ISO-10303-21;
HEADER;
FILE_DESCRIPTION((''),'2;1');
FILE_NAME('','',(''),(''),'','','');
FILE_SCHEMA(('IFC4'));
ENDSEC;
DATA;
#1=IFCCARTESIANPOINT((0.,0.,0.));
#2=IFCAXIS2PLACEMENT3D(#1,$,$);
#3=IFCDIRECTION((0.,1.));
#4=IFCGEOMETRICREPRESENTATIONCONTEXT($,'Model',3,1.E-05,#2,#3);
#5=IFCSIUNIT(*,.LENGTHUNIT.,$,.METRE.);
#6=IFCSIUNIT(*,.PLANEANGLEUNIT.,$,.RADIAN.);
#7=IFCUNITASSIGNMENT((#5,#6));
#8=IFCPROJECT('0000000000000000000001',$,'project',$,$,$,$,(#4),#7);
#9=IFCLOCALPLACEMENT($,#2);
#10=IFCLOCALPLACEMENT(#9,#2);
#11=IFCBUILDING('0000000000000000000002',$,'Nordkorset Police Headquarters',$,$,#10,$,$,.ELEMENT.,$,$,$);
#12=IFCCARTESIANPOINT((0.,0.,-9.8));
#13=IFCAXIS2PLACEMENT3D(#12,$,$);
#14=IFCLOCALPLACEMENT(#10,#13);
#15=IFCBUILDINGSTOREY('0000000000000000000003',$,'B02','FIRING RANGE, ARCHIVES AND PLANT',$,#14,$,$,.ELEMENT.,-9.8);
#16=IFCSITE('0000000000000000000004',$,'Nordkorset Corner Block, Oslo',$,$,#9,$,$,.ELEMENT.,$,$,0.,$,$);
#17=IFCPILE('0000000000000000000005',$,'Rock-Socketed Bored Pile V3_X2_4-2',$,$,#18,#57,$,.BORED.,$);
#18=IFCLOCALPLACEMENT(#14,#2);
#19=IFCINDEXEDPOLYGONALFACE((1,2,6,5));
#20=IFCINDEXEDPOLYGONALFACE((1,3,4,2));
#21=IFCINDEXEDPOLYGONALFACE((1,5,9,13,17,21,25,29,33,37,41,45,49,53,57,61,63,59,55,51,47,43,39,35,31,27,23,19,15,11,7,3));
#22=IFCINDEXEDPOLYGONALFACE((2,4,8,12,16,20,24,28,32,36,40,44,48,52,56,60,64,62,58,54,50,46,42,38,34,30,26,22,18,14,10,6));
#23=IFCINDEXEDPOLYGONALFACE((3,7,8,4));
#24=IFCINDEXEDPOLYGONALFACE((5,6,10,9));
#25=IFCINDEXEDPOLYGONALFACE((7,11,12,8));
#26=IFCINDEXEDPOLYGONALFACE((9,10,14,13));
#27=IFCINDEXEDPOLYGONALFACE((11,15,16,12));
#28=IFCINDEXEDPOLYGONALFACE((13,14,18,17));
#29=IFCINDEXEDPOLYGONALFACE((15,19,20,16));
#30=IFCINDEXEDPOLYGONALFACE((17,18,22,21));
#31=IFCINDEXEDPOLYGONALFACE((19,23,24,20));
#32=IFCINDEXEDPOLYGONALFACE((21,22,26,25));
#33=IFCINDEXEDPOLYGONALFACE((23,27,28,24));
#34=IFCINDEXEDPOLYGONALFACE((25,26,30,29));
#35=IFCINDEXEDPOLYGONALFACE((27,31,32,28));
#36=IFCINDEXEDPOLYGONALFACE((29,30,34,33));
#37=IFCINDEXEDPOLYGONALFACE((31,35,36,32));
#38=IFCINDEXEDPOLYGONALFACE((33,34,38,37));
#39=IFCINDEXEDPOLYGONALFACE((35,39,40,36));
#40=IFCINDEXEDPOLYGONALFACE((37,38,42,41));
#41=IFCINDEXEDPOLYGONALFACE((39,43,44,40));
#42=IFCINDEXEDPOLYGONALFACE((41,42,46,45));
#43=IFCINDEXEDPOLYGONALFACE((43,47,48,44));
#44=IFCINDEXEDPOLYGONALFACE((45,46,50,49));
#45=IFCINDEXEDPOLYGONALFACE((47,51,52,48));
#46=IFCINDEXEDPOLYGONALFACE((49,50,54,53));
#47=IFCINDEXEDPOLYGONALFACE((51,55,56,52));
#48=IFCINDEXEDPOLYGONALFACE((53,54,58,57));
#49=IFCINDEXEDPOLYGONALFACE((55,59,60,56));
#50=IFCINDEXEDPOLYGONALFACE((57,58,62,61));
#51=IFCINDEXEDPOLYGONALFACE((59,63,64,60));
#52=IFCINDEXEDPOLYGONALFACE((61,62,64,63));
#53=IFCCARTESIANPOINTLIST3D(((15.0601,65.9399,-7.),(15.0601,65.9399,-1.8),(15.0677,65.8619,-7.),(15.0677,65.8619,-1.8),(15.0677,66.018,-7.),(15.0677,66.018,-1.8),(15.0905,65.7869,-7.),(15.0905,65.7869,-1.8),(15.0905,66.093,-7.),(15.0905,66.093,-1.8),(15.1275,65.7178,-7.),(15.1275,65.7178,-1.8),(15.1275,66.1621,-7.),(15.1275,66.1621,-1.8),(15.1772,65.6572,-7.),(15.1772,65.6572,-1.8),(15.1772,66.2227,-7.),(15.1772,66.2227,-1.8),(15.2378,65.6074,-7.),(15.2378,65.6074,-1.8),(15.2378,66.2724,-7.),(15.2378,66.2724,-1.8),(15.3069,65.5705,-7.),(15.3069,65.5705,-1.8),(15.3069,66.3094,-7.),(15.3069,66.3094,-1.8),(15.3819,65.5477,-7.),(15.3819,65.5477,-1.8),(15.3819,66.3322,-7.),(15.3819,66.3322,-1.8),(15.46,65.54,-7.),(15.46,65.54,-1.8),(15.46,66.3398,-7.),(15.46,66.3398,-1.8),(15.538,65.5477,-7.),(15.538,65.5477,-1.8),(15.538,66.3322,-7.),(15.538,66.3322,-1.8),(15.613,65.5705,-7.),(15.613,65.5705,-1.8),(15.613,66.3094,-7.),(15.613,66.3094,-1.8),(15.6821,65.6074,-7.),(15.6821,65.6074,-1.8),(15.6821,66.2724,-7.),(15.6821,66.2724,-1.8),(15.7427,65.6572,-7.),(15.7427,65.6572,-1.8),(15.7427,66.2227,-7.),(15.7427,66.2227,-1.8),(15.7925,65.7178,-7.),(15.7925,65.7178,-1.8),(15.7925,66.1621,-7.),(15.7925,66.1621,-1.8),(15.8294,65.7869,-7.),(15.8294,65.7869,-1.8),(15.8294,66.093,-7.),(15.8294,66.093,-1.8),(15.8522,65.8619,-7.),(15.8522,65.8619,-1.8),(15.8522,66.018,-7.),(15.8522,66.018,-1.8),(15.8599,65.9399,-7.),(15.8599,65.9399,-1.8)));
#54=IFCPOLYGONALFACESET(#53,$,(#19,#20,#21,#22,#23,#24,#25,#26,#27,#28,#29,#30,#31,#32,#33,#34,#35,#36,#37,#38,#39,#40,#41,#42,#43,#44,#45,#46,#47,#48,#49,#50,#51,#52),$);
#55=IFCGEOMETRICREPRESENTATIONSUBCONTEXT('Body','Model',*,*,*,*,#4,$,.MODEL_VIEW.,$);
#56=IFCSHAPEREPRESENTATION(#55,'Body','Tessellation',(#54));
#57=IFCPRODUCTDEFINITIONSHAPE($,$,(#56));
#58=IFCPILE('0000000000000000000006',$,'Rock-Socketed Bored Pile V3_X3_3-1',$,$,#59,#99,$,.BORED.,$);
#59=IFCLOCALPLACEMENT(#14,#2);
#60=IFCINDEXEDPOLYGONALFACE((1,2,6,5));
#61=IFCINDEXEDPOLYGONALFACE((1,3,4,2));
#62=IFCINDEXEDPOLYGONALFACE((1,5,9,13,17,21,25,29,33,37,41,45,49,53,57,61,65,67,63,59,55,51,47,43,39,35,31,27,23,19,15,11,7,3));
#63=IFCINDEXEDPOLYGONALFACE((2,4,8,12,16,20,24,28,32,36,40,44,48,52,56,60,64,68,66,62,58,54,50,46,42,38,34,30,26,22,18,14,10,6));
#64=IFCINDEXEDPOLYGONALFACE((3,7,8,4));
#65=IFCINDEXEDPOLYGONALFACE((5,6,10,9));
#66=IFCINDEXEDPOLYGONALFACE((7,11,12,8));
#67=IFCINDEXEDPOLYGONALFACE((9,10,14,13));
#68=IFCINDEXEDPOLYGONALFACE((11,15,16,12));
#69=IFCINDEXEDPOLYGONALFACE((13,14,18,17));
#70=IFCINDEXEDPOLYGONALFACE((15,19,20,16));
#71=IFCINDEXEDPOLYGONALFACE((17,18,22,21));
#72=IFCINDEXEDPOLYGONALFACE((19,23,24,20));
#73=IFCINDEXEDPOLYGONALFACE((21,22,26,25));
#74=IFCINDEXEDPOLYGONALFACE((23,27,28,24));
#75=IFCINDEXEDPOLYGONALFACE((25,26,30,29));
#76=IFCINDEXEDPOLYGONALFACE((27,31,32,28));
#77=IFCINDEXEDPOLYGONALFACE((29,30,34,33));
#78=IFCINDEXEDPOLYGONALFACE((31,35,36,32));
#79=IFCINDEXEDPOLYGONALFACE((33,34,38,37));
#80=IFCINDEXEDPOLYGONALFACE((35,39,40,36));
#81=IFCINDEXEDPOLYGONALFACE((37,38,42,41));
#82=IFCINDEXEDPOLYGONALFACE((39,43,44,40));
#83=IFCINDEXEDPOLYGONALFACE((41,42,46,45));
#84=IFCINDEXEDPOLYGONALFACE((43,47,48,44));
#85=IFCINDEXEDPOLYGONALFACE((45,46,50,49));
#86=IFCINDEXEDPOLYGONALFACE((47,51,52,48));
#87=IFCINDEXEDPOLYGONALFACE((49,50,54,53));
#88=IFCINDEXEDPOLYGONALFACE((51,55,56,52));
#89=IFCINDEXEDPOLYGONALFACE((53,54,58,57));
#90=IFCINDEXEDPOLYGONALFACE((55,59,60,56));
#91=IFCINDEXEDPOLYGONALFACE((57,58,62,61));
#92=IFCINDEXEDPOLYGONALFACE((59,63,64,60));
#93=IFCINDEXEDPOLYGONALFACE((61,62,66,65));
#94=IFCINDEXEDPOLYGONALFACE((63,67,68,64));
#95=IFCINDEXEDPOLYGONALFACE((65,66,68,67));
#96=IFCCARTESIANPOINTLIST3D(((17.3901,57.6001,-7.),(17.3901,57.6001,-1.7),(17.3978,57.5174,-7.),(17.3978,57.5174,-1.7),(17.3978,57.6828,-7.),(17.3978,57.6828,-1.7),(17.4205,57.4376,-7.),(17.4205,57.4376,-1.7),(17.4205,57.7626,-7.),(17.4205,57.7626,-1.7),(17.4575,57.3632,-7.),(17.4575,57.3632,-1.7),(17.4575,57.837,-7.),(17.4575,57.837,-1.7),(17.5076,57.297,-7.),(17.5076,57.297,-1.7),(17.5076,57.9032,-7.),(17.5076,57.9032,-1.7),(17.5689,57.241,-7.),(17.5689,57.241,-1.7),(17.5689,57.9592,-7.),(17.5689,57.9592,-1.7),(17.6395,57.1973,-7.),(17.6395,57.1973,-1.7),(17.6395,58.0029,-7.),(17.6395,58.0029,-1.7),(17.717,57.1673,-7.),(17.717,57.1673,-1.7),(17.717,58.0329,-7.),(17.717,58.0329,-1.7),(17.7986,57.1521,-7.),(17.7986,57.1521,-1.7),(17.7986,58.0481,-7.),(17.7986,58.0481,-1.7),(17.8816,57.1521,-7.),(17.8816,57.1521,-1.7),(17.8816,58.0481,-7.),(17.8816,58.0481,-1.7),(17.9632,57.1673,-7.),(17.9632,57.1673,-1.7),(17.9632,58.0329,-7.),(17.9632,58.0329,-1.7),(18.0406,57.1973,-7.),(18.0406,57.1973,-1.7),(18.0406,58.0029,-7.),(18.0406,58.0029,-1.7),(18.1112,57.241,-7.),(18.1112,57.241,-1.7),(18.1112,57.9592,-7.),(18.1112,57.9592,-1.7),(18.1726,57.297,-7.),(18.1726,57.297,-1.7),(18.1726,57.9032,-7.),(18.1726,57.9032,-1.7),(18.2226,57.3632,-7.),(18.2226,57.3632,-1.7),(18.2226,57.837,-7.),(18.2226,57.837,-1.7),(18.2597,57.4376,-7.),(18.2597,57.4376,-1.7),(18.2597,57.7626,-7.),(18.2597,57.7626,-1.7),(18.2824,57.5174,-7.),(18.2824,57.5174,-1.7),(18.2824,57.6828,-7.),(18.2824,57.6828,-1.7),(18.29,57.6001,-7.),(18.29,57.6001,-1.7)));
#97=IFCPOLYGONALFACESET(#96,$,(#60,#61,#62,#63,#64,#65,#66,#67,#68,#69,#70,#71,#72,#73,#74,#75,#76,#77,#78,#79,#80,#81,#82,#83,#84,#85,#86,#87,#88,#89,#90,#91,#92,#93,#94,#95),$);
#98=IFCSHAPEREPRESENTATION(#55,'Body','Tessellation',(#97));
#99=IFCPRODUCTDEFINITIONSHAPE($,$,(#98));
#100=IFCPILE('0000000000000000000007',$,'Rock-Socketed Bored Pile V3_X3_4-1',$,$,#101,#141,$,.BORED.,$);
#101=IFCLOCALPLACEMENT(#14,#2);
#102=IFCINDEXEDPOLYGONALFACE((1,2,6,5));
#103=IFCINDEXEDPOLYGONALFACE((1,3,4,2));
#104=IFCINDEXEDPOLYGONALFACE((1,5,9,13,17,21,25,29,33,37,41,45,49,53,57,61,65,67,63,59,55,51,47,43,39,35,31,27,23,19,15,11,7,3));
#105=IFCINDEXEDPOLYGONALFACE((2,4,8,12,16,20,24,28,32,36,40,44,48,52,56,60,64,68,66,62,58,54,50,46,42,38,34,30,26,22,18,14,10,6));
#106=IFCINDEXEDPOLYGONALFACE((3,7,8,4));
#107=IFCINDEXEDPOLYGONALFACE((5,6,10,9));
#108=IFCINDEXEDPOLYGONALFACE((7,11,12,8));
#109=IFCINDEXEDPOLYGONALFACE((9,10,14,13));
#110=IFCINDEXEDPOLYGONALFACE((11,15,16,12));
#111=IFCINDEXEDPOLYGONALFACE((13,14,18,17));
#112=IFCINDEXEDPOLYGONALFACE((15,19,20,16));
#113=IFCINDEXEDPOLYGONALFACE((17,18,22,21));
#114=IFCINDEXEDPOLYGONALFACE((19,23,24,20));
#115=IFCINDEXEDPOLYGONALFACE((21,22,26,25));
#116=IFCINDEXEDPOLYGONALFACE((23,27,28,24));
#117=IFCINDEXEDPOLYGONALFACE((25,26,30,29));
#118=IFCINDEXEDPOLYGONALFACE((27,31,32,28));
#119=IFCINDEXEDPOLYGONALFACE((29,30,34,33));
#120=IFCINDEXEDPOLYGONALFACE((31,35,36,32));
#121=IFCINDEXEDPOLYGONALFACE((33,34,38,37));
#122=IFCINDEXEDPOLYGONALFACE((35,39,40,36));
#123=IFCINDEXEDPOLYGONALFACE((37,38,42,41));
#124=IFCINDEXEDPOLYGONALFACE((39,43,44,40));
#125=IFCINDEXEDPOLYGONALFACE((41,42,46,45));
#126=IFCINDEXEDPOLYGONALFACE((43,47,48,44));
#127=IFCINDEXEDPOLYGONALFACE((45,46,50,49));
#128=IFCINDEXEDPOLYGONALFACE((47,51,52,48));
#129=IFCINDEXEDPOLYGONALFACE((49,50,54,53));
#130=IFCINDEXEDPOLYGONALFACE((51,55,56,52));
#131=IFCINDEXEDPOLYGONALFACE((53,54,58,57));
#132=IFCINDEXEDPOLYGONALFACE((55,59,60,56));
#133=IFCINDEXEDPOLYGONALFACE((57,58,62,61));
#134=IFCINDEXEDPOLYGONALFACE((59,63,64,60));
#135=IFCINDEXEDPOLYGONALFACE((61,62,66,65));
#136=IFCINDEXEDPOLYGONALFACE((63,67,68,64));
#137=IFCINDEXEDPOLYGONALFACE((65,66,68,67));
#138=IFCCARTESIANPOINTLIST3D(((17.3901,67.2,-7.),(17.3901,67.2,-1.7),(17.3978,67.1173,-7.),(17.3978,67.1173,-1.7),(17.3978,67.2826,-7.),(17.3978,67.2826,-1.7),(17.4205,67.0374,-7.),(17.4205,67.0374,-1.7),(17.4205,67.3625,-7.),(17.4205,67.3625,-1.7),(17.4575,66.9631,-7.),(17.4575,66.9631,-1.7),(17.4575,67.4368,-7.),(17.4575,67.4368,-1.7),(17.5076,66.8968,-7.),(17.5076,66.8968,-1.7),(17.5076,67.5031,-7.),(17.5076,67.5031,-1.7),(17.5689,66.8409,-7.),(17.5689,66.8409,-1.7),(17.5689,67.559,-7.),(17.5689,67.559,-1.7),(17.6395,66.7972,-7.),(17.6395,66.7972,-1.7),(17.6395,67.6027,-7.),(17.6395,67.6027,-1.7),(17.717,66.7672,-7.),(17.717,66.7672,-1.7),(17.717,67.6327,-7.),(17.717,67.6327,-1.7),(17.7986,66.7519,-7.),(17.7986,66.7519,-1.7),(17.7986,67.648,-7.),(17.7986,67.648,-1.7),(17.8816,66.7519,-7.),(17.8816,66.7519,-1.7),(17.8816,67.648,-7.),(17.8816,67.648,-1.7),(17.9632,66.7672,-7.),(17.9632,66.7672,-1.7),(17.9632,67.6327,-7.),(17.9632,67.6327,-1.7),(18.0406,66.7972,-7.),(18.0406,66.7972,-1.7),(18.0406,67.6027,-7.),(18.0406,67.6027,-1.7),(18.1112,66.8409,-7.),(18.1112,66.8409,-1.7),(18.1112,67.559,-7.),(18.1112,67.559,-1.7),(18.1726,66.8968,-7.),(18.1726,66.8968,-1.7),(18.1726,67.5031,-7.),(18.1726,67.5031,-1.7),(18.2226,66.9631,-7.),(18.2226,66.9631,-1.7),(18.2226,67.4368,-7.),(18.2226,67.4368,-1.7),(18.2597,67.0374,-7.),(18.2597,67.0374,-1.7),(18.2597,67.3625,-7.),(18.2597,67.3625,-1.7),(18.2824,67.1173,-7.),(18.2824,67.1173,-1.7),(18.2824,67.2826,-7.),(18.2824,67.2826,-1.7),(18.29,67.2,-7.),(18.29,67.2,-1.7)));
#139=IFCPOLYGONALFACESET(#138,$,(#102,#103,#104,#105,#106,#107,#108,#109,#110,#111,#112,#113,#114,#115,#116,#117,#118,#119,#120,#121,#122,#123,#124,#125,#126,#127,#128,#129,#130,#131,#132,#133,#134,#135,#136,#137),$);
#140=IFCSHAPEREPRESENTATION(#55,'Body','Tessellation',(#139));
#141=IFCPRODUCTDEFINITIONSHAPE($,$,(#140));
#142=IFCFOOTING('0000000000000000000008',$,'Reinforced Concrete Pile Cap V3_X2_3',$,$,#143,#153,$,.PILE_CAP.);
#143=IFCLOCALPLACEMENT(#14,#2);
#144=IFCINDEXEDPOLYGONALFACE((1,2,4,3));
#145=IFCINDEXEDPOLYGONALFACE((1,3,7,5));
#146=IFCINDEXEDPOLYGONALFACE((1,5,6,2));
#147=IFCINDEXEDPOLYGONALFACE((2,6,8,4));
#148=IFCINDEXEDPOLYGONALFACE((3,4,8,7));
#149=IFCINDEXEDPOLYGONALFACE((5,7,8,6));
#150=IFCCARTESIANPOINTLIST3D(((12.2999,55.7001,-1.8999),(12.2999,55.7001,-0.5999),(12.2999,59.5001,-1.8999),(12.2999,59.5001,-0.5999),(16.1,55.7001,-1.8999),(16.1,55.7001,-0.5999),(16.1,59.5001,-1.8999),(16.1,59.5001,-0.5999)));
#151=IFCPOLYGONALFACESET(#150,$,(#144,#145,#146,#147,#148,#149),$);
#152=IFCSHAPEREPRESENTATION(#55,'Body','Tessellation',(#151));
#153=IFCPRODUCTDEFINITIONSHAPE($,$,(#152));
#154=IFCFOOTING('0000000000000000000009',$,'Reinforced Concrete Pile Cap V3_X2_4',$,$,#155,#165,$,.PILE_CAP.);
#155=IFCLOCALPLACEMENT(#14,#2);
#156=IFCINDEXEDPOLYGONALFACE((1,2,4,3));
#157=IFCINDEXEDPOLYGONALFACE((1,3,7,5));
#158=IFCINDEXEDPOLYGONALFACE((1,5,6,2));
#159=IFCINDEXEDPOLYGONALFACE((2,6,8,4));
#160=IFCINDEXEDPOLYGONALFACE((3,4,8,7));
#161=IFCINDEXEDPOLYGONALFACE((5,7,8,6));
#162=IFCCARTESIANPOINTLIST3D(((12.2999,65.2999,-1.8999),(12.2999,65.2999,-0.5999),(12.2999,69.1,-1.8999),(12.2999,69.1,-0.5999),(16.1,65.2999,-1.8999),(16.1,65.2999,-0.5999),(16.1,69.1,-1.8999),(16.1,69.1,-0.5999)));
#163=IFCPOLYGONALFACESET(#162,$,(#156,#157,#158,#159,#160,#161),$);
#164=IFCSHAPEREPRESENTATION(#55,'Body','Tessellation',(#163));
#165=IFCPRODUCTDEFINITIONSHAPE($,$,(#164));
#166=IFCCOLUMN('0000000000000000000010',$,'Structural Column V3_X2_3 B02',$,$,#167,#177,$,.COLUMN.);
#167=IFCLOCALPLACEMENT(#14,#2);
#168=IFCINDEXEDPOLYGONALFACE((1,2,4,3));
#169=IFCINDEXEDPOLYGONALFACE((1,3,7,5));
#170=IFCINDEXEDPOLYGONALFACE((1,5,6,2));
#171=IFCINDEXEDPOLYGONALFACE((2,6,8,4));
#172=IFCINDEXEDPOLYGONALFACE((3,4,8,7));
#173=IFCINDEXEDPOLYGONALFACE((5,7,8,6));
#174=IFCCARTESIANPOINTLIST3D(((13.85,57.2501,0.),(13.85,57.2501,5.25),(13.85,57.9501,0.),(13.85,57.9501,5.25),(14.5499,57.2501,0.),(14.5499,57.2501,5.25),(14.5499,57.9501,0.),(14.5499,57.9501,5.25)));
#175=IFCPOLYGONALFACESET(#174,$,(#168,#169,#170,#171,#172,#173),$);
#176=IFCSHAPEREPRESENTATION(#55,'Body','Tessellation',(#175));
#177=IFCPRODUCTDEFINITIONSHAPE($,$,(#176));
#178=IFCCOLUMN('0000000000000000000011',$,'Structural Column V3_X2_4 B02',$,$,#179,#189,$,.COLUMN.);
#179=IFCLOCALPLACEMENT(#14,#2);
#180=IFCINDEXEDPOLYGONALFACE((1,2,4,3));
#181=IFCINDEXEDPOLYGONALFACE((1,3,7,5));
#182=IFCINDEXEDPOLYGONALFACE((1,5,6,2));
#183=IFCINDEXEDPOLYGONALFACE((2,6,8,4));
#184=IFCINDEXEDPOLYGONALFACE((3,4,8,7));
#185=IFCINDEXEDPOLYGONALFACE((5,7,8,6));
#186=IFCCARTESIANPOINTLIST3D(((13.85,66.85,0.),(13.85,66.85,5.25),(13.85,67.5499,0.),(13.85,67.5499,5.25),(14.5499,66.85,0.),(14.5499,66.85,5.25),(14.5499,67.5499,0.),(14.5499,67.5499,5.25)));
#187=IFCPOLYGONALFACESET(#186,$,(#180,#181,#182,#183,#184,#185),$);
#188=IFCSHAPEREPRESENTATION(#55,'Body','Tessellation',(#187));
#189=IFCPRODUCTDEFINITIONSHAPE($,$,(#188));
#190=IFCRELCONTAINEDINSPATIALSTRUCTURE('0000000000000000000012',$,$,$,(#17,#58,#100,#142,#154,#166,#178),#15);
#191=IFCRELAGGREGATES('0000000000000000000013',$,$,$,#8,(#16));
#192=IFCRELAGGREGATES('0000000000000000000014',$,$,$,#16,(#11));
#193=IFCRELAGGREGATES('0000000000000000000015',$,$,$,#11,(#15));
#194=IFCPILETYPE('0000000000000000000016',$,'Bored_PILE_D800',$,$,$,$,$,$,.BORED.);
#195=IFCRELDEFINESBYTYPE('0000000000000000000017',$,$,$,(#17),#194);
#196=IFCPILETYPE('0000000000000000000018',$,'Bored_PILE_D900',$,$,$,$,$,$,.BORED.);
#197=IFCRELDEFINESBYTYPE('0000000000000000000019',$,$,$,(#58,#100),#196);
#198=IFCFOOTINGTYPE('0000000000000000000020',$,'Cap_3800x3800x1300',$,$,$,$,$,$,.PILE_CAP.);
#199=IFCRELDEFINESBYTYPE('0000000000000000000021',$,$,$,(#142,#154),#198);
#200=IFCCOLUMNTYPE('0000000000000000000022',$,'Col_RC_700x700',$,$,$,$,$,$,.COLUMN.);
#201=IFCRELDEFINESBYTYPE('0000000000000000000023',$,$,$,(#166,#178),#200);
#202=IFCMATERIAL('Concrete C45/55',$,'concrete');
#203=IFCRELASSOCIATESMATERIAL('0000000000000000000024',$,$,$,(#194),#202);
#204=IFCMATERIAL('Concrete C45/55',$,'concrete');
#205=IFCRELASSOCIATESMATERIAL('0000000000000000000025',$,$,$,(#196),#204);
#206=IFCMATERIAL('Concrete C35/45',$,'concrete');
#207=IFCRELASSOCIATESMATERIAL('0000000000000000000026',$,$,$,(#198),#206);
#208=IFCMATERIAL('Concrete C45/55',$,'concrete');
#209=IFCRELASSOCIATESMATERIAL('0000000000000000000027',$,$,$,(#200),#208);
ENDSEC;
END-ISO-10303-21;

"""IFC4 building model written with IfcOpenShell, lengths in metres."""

from ifc_helpers import new_model, si_unit, direction, frame, origin, origin_2d, place, context, subcontext, project, spatial, rectangle, circle, extrude, material, material_profile, profile_set, type_object, element, save


model = new_model("IFC4")

# Units and contexts
model_context = context("Model", 3, precision=1e-05, world=origin(), true_north=direction((0.0, 1.0)))
body_context = subcontext(model_context, "Body", "Model", "MODEL_VIEW")
ifc_project = project(units=[si_unit("LENGTHUNIT", "METRE"), si_unit("PLANEANGLEUNIT", "RADIAN")], contexts=[model_context])

# Site, building, storey
site_placement = place(None, origin())
site = spatial("IfcSite", under=ifc_project, at=site_placement, Name="Nordkorset Corner Block, Oslo", CompositionType="ELEMENT", RefElevation=0.0)
building_placement = place(site_placement, origin())
building = spatial("IfcBuilding", under=site, at=building_placement, Name="Nordkorset Police Headquarters", CompositionType="ELEMENT")
storey_placement = place(building_placement, frame((0.0, 0.0, -9.8)))
storey = spatial("IfcBuildingStorey", under=building, at=storey_placement, Name="B02", Description="FIRING RANGE, ARCHIVES AND PLANT", CompositionType="ELEMENT", Elevation=-9.8)

# Piles
ifc_material_1 = material(Name="Concrete C45/55", Category="concrete")
ifc_material_profile_1 = material_profile(ifc_material_1, circle(Radius=0.3999, at=origin_2d()), Name="PILE D800")
ifc_profile_set_1 = profile_set([ifc_material_profile_1], Name="Concrete C45/55")
pile_type_1 = type_object("IfcPileType", Name="Bored_PILE_D800", PredefinedType="BORED", material=ifc_profile_set_1)
for number, where, z_axis, x_axis, name in (
    (1, (15.46, 65.9399, -1.8), (0.0, 0.0, -1.0), (1.0, 0.0, 0.0), "Rock-Socketed Bored Pile V3_X2_4-2"),
):
    element("IfcPile", number, at=place(storey_placement, frame(where, z_axis=z_axis, x_axis=x_axis)), inside=storey, type_object=pile_type_1, Name=name, PredefinedType="BORED", context=body_context, shape_type="SweptSolid", body=[
        extrude(circle(Radius=0.3999, at=origin_2d()), origin(), (0.0, 0.0, 1.0), 5.2),
    ])
ifc_material_2 = material(Name="Concrete C45/55", Category="concrete")
ifc_material_profile_2 = material_profile(ifc_material_2, circle(Radius=0.45, at=origin_2d()), Name="PILE D900")
ifc_profile_set_2 = profile_set([ifc_material_profile_2], Name="Concrete C45/55")
pile_type_2 = type_object("IfcPileType", Name="Bored_PILE_D900", PredefinedType="BORED", material=ifc_profile_set_2)
for number, where, z_axis, x_axis, name in (
    (2, (17.8401, 57.6001, -1.7), (0.0, 0.0, -1.0), (1.0, 0.0, 0.0), "Rock-Socketed Bored Pile V3_X3_3-1"),
    (3, (17.8401, 67.2, -1.7), (0.0, 0.0, -1.0), (1.0, 0.0, 0.0), "Rock-Socketed Bored Pile V3_X3_4-1"),
):
    element("IfcPile", number, at=place(storey_placement, frame(where, z_axis=z_axis, x_axis=x_axis)), inside=storey, type_object=pile_type_2, Name=name, PredefinedType="BORED", context=body_context, shape_type="SweptSolid", body=[
        extrude(circle(Radius=0.45, at=origin_2d()), origin(), (0.0, 0.0, 1.0), 5.3),
    ])

# Footings
ifc_material_3 = material(Name="Concrete C35/45", Category="concrete")
footing_type = type_object("IfcFootingType", Name="Cap_3800x3800x1300", PredefinedType="PILE_CAP", material=ifc_material_3)
for number, where, z_axis, x_axis, name in (
    (4, (14.2, 57.6001, -1.8999), (0.0, 0.0, 1.0), (1.0, 0.0, 0.0), "Reinforced Concrete Pile Cap V3_X2_3"),
    (5, (14.2, 67.2, -1.8999), (0.0, 0.0, 1.0), (1.0, 0.0, 0.0), "Reinforced Concrete Pile Cap V3_X2_4"),
):
    element("IfcFooting", number, at=place(storey_placement, frame(where, z_axis=z_axis, x_axis=x_axis)), inside=storey, type_object=footing_type, Name=name, PredefinedType="PILE_CAP", context=body_context, shape_type="SweptSolid", body=[
        extrude(rectangle(XDim=3.8, YDim=3.8, at=origin_2d()), origin(), (0.0, 0.0, 1.0), 1.3),
    ])

# Columns
ifc_material_4 = material(Name="Concrete C45/55", Category="concrete")
ifc_material_profile_3 = material_profile(ifc_material_4, rectangle(XDim=0.7, YDim=0.7, at=origin_2d()), Name="RC 700x700")
ifc_profile_set_3 = profile_set([ifc_material_profile_3], Name="Concrete C45/55")
column_type = type_object("IfcColumnType", Name="Col_RC_700x700", PredefinedType="COLUMN", material=ifc_profile_set_3)
for number, where, z_axis, x_axis, name in (
    (6, (14.2, 57.6001, 0.0), (0.0, 0.0, 1.0), (1.0, 0.0, 0.0), "Structural Column V3_X2_3 B02"),
    (7, (14.2, 67.2, 0.0), (0.0, 0.0, 1.0), (1.0, 0.0, 0.0), "Structural Column V3_X2_4 B02"),
):
    element("IfcColumn", number, at=place(storey_placement, frame(where, z_axis=z_axis, x_axis=x_axis)), inside=storey, type_object=column_type, Name=name, PredefinedType="COLUMN", context=body_context, shape_type="SweptSolid", body=[
        extrude(rectangle(XDim=0.7, YDim=0.7, at=origin_2d()), origin(), (0.0, 0.0, 1.0), 5.25),
    ])

save(model, "model.ifc")
